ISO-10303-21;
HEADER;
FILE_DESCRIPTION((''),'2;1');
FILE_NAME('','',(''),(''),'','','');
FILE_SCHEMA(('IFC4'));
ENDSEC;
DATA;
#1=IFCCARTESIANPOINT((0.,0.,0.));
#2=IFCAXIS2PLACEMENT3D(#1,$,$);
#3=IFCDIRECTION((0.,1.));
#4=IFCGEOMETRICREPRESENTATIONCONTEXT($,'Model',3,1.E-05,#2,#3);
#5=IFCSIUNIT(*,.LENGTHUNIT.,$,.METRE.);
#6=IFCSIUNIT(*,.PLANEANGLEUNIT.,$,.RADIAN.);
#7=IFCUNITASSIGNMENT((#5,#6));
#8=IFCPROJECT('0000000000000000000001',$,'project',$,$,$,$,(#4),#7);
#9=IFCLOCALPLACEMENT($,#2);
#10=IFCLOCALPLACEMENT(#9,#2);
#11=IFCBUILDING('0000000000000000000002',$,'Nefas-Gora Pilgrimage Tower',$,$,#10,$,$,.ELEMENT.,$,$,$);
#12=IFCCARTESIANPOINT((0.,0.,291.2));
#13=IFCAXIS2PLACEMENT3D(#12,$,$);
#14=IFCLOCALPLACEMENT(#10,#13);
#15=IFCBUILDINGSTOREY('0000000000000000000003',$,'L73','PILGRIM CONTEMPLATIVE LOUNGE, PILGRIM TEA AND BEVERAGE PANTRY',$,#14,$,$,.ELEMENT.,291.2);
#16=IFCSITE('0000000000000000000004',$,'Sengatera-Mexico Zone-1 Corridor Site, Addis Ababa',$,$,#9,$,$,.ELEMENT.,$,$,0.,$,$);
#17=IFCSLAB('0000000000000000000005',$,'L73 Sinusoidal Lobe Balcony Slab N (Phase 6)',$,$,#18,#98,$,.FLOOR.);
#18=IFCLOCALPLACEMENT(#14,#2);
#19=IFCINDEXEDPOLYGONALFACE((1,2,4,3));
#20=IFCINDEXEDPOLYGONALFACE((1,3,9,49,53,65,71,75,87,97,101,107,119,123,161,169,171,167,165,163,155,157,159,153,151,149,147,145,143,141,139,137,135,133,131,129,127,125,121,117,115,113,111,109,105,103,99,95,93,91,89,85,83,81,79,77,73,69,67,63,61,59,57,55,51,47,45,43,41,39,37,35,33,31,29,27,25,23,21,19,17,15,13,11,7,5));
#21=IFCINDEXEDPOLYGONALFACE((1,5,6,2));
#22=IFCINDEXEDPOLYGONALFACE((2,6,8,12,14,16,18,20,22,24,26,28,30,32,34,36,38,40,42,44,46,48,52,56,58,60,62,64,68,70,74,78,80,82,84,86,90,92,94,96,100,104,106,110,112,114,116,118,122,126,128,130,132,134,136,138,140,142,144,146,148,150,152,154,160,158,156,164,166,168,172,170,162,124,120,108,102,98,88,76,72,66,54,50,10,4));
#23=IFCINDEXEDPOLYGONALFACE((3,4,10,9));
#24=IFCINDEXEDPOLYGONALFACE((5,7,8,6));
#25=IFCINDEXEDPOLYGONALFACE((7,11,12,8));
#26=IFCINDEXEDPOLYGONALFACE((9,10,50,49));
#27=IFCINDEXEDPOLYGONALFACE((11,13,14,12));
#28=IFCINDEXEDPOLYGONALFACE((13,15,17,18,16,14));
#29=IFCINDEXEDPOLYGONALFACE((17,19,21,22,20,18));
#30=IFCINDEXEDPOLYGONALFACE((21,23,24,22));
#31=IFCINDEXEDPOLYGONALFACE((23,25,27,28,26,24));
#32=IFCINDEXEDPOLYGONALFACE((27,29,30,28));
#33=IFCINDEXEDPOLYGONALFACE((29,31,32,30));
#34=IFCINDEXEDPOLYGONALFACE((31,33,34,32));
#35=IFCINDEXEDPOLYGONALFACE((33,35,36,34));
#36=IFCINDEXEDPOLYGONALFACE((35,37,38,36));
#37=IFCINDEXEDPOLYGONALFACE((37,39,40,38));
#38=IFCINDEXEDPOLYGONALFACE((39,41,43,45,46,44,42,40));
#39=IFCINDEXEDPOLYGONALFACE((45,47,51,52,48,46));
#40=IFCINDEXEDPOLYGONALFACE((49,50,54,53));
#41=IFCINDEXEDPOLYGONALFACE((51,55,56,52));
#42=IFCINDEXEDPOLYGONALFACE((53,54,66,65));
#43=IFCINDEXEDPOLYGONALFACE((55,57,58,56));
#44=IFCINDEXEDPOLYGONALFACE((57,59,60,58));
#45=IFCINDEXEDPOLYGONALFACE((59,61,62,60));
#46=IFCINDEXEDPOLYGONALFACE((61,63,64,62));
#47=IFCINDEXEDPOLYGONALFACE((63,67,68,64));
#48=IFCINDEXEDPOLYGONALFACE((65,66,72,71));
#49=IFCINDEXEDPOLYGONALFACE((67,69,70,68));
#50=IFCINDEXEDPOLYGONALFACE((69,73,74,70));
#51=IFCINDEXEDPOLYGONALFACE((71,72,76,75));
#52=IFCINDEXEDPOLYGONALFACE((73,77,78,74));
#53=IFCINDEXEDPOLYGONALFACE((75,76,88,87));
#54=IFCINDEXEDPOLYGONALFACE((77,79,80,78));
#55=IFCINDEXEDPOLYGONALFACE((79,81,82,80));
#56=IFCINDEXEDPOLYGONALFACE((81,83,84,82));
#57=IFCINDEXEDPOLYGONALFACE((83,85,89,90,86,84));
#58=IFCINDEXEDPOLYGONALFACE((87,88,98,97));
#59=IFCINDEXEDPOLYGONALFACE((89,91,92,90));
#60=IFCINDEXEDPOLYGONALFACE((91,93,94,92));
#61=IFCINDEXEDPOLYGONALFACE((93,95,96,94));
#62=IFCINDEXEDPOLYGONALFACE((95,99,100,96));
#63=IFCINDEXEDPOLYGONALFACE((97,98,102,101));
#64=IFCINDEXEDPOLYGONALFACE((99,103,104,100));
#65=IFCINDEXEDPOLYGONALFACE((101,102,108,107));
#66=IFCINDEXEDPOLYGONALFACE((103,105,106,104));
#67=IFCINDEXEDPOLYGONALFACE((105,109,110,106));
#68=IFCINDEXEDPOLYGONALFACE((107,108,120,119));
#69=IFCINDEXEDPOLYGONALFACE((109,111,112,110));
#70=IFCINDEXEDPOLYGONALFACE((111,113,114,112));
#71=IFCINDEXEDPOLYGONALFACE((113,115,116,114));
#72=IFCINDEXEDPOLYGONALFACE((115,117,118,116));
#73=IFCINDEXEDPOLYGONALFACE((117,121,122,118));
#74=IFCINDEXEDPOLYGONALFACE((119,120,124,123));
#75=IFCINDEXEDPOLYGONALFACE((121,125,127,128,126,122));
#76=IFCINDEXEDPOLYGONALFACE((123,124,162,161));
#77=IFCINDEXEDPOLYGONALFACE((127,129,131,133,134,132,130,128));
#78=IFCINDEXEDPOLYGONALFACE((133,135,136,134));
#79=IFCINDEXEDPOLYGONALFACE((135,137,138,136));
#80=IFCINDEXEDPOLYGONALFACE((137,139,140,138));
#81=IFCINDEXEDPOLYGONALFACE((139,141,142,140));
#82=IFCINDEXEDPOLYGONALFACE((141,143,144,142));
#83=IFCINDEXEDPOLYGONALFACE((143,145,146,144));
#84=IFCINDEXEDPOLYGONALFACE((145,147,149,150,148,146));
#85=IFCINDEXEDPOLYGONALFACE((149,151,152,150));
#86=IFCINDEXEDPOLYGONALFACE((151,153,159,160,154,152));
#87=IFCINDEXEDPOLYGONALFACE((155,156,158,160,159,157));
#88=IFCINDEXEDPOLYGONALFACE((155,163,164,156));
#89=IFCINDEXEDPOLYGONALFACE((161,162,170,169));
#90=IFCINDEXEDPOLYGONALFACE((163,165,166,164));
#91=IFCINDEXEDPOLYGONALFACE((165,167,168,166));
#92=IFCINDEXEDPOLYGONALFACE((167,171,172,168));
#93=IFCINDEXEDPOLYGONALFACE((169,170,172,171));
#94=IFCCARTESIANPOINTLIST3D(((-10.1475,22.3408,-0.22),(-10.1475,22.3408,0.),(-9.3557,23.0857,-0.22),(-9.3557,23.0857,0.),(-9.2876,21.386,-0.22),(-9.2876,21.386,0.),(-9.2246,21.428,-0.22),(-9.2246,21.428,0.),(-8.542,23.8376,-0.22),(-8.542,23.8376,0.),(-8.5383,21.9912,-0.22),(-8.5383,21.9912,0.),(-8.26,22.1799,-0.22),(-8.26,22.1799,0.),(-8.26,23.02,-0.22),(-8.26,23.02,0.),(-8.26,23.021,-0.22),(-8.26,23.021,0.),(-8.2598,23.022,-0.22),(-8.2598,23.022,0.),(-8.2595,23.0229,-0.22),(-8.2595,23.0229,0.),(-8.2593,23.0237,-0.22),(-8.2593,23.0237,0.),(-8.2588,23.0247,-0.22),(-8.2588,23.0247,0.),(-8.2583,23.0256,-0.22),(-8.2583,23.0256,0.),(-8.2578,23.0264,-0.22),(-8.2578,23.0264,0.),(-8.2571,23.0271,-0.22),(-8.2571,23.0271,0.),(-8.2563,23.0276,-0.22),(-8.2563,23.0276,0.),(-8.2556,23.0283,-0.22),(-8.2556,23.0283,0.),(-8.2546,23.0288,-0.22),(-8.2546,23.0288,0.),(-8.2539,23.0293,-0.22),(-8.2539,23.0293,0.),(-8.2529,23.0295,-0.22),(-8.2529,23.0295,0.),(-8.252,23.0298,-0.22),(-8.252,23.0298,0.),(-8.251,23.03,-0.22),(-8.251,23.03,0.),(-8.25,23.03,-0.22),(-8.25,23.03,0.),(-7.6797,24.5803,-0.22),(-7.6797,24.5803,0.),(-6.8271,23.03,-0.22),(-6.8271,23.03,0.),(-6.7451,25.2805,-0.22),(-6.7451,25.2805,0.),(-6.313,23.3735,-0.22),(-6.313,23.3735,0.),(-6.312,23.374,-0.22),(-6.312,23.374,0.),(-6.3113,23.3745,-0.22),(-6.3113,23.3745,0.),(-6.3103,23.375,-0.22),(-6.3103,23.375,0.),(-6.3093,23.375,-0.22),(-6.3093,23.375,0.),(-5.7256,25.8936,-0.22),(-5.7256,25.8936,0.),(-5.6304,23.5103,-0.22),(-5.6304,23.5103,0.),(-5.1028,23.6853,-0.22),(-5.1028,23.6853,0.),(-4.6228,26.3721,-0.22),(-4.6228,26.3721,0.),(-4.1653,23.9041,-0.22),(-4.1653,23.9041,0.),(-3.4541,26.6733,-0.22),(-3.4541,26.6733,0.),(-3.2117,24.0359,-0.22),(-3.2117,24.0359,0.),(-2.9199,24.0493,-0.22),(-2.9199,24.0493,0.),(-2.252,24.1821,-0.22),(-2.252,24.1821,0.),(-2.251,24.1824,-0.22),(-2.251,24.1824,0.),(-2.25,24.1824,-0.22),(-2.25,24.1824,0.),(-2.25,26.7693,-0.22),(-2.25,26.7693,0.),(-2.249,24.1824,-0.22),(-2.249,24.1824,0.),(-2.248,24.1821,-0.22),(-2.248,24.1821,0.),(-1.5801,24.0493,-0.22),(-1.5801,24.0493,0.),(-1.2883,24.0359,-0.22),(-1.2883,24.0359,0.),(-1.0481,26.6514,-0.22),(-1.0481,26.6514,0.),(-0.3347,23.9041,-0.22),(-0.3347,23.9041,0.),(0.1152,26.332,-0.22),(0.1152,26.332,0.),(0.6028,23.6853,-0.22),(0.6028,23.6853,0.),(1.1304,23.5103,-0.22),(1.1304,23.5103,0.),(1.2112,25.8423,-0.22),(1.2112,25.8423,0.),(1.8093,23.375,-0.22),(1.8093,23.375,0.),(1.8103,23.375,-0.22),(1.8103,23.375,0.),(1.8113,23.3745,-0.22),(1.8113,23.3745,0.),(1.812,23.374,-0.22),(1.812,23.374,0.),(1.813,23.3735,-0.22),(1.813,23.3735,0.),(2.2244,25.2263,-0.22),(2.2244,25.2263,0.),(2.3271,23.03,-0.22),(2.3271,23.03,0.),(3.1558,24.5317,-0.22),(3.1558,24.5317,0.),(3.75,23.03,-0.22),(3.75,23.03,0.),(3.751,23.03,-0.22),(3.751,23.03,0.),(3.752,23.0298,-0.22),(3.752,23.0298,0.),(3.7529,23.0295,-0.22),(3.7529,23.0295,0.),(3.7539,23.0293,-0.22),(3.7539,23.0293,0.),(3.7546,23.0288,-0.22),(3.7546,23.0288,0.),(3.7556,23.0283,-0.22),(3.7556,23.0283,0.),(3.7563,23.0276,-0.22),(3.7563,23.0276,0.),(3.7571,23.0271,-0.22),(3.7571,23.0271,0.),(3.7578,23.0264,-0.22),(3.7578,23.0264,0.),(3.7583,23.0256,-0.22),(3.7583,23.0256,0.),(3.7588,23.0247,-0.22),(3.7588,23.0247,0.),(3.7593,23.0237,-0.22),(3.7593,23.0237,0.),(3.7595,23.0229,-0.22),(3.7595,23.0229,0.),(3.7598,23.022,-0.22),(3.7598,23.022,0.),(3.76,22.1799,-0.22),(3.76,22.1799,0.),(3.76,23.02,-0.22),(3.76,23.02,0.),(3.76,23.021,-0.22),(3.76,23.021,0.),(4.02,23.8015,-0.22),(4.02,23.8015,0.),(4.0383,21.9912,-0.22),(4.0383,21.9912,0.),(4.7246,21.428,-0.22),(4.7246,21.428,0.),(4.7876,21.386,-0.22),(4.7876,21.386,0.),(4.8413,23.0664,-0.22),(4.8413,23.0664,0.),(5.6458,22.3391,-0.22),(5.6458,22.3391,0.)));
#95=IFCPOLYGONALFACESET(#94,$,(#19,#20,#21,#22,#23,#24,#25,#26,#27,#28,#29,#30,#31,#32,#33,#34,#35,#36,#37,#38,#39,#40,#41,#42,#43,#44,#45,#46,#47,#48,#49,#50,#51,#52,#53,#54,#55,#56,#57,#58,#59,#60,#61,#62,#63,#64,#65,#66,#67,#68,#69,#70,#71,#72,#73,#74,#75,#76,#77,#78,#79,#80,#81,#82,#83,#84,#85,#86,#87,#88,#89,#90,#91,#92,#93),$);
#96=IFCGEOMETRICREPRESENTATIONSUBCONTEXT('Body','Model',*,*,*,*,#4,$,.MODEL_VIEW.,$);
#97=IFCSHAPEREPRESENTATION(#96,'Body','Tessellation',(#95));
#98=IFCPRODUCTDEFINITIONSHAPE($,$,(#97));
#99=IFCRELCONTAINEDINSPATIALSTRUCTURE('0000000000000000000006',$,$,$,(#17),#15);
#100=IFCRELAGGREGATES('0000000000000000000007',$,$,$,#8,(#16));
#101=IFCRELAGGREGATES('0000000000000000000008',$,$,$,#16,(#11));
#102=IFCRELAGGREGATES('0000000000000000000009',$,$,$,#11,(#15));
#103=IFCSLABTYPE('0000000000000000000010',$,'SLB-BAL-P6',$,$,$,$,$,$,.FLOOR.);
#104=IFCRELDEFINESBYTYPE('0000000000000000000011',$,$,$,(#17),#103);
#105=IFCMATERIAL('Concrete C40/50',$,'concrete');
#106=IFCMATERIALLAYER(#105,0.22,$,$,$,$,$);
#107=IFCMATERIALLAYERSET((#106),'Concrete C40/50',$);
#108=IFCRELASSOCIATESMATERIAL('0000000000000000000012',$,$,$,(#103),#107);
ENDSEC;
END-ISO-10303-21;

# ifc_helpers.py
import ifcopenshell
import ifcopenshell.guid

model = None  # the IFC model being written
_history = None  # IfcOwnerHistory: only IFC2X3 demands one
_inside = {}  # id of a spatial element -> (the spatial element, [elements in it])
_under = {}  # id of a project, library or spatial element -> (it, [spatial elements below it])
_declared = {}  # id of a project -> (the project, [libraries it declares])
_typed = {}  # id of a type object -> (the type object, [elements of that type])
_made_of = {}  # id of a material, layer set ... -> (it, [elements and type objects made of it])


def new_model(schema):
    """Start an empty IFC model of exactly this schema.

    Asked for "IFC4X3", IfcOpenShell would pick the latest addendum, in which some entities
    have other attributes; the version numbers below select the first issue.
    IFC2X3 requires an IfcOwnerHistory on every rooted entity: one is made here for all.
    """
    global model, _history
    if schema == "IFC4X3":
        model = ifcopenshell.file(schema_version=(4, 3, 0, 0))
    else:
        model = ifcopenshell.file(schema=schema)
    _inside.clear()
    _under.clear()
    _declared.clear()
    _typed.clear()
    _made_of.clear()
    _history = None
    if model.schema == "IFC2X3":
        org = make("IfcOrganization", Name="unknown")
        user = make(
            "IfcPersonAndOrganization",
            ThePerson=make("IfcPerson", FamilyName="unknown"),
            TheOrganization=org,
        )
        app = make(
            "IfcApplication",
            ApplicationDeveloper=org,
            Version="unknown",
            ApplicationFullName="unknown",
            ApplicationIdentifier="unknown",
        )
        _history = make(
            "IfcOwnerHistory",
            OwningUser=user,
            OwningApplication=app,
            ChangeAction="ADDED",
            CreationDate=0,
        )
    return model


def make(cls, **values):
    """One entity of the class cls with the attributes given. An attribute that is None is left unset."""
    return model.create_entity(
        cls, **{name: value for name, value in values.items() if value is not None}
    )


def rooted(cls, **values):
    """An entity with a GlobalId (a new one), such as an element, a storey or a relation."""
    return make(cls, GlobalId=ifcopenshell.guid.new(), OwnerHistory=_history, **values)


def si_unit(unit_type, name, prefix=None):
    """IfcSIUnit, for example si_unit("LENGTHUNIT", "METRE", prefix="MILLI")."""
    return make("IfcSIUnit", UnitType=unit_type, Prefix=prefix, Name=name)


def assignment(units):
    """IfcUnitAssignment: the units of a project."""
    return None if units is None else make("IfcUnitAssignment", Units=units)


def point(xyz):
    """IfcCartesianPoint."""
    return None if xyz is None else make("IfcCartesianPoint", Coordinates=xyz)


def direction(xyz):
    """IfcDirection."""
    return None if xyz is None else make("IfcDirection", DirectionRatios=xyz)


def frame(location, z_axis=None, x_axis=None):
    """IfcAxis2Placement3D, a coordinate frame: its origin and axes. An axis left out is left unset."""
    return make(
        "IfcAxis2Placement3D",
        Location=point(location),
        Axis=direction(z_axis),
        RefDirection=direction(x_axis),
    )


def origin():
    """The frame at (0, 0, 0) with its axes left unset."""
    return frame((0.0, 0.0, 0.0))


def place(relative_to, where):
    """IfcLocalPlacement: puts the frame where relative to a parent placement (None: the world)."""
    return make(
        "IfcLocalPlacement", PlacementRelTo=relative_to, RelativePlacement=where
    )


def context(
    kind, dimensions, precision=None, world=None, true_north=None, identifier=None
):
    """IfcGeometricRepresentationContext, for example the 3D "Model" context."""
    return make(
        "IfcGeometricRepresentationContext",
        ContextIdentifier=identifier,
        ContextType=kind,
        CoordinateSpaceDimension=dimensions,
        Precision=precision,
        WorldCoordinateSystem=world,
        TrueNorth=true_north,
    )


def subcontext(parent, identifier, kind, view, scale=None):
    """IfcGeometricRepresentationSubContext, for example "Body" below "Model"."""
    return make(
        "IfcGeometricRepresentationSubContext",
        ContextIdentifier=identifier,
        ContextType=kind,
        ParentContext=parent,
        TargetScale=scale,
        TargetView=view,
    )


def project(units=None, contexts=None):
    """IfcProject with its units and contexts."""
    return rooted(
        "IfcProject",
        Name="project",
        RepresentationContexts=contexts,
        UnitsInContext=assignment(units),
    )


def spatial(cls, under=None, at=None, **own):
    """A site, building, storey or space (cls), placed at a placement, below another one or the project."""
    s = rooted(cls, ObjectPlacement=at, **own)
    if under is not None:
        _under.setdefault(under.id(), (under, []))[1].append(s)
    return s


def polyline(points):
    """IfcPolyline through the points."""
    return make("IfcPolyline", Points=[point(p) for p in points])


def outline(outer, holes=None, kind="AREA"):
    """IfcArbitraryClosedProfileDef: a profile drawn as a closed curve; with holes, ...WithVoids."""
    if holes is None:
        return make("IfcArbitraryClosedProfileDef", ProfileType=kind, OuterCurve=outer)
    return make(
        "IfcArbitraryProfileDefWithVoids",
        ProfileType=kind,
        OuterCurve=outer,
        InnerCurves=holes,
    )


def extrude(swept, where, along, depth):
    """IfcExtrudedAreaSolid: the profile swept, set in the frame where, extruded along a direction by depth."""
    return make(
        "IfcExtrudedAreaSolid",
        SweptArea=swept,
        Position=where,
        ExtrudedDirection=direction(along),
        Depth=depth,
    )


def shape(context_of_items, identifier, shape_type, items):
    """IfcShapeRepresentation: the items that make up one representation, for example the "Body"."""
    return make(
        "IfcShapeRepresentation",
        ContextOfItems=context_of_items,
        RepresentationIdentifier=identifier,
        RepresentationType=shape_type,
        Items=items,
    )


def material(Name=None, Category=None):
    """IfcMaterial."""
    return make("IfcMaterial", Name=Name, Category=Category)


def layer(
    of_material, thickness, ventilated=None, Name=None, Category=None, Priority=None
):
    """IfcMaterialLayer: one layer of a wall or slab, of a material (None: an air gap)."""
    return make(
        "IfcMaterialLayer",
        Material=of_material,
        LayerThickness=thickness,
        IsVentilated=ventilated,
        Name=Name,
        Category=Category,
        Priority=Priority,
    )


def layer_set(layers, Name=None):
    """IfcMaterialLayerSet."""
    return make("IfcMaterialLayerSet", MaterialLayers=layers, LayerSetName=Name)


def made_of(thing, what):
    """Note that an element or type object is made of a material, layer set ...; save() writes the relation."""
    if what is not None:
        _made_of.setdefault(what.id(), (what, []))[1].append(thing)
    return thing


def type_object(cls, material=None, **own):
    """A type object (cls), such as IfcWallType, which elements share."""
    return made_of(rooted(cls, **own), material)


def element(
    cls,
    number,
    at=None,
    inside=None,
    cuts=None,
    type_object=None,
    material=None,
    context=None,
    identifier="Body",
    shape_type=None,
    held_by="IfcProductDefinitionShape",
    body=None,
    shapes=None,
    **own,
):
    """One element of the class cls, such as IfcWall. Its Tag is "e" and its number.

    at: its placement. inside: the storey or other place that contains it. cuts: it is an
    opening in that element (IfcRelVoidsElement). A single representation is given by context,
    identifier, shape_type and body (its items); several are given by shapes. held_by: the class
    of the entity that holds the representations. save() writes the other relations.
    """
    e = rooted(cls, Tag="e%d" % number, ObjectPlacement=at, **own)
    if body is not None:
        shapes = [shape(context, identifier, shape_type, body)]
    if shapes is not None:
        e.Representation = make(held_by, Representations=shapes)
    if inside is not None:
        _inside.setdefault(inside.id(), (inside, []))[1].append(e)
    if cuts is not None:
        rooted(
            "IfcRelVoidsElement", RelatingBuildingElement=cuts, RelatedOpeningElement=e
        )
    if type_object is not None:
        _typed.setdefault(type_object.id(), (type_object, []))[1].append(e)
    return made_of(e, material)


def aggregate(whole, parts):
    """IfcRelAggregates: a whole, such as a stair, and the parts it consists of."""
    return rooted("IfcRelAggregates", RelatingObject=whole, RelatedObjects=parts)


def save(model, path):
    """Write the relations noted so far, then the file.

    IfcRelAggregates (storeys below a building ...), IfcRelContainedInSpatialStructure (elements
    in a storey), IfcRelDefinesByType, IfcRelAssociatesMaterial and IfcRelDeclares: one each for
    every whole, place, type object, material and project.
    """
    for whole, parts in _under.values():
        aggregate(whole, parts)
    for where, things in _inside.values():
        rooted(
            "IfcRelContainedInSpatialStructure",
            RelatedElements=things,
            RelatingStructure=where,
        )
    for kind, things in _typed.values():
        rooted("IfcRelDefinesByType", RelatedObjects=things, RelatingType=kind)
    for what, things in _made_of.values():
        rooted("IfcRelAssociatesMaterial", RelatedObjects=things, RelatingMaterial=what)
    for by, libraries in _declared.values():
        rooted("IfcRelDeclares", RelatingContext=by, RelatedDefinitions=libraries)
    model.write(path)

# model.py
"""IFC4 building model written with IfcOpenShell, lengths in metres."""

from ifc_helpers import new_model, si_unit, direction, frame, origin, place, context, subcontext, project, spatial, polyline, outline, extrude, material, layer, layer_set, type_object, element, save


model = new_model("IFC4")

# Units and contexts
model_context = context("Model", 3, precision=1e-05, world=origin(), true_north=direction((0.0, 1.0)))
body_context = subcontext(model_context, "Body", "Model", "MODEL_VIEW")
ifc_project = project(units=[si_unit("LENGTHUNIT", "METRE"), si_unit("PLANEANGLEUNIT", "RADIAN")], contexts=[model_context])

# Site, building, storey
site_placement = place(None, origin())
site = spatial("IfcSite", under=ifc_project, at=site_placement, Name="Sengatera-Mexico Zone-1 Corridor Site, Addis Ababa", CompositionType="ELEMENT", RefElevation=0.0)
building_placement = place(site_placement, origin())
building = spatial("IfcBuilding", under=site, at=building_placement, Name="Nefas-Gora Pilgrimage Tower", CompositionType="ELEMENT")
storey_placement = place(building_placement, frame((0.0, 0.0, 291.2)))
storey = spatial("IfcBuildingStorey", under=building, at=storey_placement, Name="L73", Description="PILGRIM CONTEMPLATIVE LOUNGE, PILGRIM TEA AND BEVERAGE PANTRY", CompositionType="ELEMENT", Elevation=291.2)

# Slab
ifc_material_1 = material(Name="Concrete C40/50", Category="concrete")
ifc_layer_1 = layer(ifc_material_1, 0.22)
ifc_layer_set_1 = layer_set([ifc_layer_1], Name="Concrete C40/50")
slab_type_1 = type_object("IfcSlabType", Name="SLB-BAL-P6", PredefinedType="FLOOR", material=ifc_layer_set_1)
slab_1_placement = place(storey_placement, frame((0.0, 0.0, -0.22)))
element("IfcSlab", 1, at=slab_1_placement, inside=storey, type_object=slab_type_1, Name="L73 Sinusoidal Lobe Balcony Slab N (Phase 6)", PredefinedType="FLOOR", context=body_context, shape_type="SweptSolid", body=[
    extrude(outline(polyline([(-9.2876, 21.386), (-9.2246, 21.428), (-8.5383, 21.9912), (-8.26, 22.1799), (-8.26, 23.02), (-8.26, 23.021), (-8.2598, 23.022), (-8.2595, 23.0229), (-8.2593, 23.0237), (-8.2588, 23.0247), (-8.2583, 23.0256), (-8.2578, 23.0264), (-8.2571, 23.0271), (-8.2563, 23.0276), (-8.2556, 23.0283), (-8.2546, 23.0288), (-8.2539, 23.0293), (-8.2529, 23.0295), (-8.252, 23.0298), (-8.251, 23.03), (-8.25, 23.03), (-6.8271, 23.03), (-6.313, 23.3735), (-6.312, 23.374), (-6.3113, 23.3745), (-6.3103, 23.375), (-6.3093, 23.375), (-5.6304, 23.5103), (-5.1028, 23.6853), (-4.1653, 23.9041), (-3.2117, 24.0359), (-2.9199, 24.0493), (-2.252, 24.1821), (-2.251, 24.1824), (-2.25, 24.1824), (-2.249, 24.1824), (-2.248, 24.1821), (-1.5801, 24.0493), (-1.2883, 24.0359), (-0.3347, 23.9041), (0.6028, 23.6853), (1.1304, 23.5103), (1.8093, 23.375), (1.8103, 23.375), (1.8113, 23.3745), (1.812, 23.374), (1.813, 23.3735), (2.3271, 23.03), (3.75, 23.03), (3.751, 23.03), (3.752, 23.0298), (3.7529, 23.0295), (3.7539, 23.0293), (3.7546, 23.0288), (3.7556, 23.0283), (3.7563, 23.0276), (3.7571, 23.0271), (3.7578, 23.0264), (3.7583, 23.0256), (3.7588, 23.0247), (3.7593, 23.0237), (3.7595, 23.0229), (3.7598, 23.022), (3.76, 23.021), (3.76, 23.02), (3.76, 22.1799), (4.0383, 21.9912), (4.7246, 21.428), (4.7876, 21.386), (5.6458, 22.3391), (4.8413, 23.0664), (4.02, 23.8015), (3.1558, 24.5317), (2.2244, 25.2263), (1.2112, 25.8423), (0.1152, 26.332), (-1.0481, 26.6514), (-2.25, 26.7693), (-3.4541, 26.6733), (-4.6228, 26.3721), (-5.7256, 25.8936), (-6.7451, 25.2805), (-7.6797, 24.5803), (-8.542, 23.8376), (-9.3557, 23.0857), (-10.1475, 22.3408), (-9.2876, 21.386)])), origin(), (0.0, 0.0, 1.0), 0.22),
])

save(model, "model.ifc")
